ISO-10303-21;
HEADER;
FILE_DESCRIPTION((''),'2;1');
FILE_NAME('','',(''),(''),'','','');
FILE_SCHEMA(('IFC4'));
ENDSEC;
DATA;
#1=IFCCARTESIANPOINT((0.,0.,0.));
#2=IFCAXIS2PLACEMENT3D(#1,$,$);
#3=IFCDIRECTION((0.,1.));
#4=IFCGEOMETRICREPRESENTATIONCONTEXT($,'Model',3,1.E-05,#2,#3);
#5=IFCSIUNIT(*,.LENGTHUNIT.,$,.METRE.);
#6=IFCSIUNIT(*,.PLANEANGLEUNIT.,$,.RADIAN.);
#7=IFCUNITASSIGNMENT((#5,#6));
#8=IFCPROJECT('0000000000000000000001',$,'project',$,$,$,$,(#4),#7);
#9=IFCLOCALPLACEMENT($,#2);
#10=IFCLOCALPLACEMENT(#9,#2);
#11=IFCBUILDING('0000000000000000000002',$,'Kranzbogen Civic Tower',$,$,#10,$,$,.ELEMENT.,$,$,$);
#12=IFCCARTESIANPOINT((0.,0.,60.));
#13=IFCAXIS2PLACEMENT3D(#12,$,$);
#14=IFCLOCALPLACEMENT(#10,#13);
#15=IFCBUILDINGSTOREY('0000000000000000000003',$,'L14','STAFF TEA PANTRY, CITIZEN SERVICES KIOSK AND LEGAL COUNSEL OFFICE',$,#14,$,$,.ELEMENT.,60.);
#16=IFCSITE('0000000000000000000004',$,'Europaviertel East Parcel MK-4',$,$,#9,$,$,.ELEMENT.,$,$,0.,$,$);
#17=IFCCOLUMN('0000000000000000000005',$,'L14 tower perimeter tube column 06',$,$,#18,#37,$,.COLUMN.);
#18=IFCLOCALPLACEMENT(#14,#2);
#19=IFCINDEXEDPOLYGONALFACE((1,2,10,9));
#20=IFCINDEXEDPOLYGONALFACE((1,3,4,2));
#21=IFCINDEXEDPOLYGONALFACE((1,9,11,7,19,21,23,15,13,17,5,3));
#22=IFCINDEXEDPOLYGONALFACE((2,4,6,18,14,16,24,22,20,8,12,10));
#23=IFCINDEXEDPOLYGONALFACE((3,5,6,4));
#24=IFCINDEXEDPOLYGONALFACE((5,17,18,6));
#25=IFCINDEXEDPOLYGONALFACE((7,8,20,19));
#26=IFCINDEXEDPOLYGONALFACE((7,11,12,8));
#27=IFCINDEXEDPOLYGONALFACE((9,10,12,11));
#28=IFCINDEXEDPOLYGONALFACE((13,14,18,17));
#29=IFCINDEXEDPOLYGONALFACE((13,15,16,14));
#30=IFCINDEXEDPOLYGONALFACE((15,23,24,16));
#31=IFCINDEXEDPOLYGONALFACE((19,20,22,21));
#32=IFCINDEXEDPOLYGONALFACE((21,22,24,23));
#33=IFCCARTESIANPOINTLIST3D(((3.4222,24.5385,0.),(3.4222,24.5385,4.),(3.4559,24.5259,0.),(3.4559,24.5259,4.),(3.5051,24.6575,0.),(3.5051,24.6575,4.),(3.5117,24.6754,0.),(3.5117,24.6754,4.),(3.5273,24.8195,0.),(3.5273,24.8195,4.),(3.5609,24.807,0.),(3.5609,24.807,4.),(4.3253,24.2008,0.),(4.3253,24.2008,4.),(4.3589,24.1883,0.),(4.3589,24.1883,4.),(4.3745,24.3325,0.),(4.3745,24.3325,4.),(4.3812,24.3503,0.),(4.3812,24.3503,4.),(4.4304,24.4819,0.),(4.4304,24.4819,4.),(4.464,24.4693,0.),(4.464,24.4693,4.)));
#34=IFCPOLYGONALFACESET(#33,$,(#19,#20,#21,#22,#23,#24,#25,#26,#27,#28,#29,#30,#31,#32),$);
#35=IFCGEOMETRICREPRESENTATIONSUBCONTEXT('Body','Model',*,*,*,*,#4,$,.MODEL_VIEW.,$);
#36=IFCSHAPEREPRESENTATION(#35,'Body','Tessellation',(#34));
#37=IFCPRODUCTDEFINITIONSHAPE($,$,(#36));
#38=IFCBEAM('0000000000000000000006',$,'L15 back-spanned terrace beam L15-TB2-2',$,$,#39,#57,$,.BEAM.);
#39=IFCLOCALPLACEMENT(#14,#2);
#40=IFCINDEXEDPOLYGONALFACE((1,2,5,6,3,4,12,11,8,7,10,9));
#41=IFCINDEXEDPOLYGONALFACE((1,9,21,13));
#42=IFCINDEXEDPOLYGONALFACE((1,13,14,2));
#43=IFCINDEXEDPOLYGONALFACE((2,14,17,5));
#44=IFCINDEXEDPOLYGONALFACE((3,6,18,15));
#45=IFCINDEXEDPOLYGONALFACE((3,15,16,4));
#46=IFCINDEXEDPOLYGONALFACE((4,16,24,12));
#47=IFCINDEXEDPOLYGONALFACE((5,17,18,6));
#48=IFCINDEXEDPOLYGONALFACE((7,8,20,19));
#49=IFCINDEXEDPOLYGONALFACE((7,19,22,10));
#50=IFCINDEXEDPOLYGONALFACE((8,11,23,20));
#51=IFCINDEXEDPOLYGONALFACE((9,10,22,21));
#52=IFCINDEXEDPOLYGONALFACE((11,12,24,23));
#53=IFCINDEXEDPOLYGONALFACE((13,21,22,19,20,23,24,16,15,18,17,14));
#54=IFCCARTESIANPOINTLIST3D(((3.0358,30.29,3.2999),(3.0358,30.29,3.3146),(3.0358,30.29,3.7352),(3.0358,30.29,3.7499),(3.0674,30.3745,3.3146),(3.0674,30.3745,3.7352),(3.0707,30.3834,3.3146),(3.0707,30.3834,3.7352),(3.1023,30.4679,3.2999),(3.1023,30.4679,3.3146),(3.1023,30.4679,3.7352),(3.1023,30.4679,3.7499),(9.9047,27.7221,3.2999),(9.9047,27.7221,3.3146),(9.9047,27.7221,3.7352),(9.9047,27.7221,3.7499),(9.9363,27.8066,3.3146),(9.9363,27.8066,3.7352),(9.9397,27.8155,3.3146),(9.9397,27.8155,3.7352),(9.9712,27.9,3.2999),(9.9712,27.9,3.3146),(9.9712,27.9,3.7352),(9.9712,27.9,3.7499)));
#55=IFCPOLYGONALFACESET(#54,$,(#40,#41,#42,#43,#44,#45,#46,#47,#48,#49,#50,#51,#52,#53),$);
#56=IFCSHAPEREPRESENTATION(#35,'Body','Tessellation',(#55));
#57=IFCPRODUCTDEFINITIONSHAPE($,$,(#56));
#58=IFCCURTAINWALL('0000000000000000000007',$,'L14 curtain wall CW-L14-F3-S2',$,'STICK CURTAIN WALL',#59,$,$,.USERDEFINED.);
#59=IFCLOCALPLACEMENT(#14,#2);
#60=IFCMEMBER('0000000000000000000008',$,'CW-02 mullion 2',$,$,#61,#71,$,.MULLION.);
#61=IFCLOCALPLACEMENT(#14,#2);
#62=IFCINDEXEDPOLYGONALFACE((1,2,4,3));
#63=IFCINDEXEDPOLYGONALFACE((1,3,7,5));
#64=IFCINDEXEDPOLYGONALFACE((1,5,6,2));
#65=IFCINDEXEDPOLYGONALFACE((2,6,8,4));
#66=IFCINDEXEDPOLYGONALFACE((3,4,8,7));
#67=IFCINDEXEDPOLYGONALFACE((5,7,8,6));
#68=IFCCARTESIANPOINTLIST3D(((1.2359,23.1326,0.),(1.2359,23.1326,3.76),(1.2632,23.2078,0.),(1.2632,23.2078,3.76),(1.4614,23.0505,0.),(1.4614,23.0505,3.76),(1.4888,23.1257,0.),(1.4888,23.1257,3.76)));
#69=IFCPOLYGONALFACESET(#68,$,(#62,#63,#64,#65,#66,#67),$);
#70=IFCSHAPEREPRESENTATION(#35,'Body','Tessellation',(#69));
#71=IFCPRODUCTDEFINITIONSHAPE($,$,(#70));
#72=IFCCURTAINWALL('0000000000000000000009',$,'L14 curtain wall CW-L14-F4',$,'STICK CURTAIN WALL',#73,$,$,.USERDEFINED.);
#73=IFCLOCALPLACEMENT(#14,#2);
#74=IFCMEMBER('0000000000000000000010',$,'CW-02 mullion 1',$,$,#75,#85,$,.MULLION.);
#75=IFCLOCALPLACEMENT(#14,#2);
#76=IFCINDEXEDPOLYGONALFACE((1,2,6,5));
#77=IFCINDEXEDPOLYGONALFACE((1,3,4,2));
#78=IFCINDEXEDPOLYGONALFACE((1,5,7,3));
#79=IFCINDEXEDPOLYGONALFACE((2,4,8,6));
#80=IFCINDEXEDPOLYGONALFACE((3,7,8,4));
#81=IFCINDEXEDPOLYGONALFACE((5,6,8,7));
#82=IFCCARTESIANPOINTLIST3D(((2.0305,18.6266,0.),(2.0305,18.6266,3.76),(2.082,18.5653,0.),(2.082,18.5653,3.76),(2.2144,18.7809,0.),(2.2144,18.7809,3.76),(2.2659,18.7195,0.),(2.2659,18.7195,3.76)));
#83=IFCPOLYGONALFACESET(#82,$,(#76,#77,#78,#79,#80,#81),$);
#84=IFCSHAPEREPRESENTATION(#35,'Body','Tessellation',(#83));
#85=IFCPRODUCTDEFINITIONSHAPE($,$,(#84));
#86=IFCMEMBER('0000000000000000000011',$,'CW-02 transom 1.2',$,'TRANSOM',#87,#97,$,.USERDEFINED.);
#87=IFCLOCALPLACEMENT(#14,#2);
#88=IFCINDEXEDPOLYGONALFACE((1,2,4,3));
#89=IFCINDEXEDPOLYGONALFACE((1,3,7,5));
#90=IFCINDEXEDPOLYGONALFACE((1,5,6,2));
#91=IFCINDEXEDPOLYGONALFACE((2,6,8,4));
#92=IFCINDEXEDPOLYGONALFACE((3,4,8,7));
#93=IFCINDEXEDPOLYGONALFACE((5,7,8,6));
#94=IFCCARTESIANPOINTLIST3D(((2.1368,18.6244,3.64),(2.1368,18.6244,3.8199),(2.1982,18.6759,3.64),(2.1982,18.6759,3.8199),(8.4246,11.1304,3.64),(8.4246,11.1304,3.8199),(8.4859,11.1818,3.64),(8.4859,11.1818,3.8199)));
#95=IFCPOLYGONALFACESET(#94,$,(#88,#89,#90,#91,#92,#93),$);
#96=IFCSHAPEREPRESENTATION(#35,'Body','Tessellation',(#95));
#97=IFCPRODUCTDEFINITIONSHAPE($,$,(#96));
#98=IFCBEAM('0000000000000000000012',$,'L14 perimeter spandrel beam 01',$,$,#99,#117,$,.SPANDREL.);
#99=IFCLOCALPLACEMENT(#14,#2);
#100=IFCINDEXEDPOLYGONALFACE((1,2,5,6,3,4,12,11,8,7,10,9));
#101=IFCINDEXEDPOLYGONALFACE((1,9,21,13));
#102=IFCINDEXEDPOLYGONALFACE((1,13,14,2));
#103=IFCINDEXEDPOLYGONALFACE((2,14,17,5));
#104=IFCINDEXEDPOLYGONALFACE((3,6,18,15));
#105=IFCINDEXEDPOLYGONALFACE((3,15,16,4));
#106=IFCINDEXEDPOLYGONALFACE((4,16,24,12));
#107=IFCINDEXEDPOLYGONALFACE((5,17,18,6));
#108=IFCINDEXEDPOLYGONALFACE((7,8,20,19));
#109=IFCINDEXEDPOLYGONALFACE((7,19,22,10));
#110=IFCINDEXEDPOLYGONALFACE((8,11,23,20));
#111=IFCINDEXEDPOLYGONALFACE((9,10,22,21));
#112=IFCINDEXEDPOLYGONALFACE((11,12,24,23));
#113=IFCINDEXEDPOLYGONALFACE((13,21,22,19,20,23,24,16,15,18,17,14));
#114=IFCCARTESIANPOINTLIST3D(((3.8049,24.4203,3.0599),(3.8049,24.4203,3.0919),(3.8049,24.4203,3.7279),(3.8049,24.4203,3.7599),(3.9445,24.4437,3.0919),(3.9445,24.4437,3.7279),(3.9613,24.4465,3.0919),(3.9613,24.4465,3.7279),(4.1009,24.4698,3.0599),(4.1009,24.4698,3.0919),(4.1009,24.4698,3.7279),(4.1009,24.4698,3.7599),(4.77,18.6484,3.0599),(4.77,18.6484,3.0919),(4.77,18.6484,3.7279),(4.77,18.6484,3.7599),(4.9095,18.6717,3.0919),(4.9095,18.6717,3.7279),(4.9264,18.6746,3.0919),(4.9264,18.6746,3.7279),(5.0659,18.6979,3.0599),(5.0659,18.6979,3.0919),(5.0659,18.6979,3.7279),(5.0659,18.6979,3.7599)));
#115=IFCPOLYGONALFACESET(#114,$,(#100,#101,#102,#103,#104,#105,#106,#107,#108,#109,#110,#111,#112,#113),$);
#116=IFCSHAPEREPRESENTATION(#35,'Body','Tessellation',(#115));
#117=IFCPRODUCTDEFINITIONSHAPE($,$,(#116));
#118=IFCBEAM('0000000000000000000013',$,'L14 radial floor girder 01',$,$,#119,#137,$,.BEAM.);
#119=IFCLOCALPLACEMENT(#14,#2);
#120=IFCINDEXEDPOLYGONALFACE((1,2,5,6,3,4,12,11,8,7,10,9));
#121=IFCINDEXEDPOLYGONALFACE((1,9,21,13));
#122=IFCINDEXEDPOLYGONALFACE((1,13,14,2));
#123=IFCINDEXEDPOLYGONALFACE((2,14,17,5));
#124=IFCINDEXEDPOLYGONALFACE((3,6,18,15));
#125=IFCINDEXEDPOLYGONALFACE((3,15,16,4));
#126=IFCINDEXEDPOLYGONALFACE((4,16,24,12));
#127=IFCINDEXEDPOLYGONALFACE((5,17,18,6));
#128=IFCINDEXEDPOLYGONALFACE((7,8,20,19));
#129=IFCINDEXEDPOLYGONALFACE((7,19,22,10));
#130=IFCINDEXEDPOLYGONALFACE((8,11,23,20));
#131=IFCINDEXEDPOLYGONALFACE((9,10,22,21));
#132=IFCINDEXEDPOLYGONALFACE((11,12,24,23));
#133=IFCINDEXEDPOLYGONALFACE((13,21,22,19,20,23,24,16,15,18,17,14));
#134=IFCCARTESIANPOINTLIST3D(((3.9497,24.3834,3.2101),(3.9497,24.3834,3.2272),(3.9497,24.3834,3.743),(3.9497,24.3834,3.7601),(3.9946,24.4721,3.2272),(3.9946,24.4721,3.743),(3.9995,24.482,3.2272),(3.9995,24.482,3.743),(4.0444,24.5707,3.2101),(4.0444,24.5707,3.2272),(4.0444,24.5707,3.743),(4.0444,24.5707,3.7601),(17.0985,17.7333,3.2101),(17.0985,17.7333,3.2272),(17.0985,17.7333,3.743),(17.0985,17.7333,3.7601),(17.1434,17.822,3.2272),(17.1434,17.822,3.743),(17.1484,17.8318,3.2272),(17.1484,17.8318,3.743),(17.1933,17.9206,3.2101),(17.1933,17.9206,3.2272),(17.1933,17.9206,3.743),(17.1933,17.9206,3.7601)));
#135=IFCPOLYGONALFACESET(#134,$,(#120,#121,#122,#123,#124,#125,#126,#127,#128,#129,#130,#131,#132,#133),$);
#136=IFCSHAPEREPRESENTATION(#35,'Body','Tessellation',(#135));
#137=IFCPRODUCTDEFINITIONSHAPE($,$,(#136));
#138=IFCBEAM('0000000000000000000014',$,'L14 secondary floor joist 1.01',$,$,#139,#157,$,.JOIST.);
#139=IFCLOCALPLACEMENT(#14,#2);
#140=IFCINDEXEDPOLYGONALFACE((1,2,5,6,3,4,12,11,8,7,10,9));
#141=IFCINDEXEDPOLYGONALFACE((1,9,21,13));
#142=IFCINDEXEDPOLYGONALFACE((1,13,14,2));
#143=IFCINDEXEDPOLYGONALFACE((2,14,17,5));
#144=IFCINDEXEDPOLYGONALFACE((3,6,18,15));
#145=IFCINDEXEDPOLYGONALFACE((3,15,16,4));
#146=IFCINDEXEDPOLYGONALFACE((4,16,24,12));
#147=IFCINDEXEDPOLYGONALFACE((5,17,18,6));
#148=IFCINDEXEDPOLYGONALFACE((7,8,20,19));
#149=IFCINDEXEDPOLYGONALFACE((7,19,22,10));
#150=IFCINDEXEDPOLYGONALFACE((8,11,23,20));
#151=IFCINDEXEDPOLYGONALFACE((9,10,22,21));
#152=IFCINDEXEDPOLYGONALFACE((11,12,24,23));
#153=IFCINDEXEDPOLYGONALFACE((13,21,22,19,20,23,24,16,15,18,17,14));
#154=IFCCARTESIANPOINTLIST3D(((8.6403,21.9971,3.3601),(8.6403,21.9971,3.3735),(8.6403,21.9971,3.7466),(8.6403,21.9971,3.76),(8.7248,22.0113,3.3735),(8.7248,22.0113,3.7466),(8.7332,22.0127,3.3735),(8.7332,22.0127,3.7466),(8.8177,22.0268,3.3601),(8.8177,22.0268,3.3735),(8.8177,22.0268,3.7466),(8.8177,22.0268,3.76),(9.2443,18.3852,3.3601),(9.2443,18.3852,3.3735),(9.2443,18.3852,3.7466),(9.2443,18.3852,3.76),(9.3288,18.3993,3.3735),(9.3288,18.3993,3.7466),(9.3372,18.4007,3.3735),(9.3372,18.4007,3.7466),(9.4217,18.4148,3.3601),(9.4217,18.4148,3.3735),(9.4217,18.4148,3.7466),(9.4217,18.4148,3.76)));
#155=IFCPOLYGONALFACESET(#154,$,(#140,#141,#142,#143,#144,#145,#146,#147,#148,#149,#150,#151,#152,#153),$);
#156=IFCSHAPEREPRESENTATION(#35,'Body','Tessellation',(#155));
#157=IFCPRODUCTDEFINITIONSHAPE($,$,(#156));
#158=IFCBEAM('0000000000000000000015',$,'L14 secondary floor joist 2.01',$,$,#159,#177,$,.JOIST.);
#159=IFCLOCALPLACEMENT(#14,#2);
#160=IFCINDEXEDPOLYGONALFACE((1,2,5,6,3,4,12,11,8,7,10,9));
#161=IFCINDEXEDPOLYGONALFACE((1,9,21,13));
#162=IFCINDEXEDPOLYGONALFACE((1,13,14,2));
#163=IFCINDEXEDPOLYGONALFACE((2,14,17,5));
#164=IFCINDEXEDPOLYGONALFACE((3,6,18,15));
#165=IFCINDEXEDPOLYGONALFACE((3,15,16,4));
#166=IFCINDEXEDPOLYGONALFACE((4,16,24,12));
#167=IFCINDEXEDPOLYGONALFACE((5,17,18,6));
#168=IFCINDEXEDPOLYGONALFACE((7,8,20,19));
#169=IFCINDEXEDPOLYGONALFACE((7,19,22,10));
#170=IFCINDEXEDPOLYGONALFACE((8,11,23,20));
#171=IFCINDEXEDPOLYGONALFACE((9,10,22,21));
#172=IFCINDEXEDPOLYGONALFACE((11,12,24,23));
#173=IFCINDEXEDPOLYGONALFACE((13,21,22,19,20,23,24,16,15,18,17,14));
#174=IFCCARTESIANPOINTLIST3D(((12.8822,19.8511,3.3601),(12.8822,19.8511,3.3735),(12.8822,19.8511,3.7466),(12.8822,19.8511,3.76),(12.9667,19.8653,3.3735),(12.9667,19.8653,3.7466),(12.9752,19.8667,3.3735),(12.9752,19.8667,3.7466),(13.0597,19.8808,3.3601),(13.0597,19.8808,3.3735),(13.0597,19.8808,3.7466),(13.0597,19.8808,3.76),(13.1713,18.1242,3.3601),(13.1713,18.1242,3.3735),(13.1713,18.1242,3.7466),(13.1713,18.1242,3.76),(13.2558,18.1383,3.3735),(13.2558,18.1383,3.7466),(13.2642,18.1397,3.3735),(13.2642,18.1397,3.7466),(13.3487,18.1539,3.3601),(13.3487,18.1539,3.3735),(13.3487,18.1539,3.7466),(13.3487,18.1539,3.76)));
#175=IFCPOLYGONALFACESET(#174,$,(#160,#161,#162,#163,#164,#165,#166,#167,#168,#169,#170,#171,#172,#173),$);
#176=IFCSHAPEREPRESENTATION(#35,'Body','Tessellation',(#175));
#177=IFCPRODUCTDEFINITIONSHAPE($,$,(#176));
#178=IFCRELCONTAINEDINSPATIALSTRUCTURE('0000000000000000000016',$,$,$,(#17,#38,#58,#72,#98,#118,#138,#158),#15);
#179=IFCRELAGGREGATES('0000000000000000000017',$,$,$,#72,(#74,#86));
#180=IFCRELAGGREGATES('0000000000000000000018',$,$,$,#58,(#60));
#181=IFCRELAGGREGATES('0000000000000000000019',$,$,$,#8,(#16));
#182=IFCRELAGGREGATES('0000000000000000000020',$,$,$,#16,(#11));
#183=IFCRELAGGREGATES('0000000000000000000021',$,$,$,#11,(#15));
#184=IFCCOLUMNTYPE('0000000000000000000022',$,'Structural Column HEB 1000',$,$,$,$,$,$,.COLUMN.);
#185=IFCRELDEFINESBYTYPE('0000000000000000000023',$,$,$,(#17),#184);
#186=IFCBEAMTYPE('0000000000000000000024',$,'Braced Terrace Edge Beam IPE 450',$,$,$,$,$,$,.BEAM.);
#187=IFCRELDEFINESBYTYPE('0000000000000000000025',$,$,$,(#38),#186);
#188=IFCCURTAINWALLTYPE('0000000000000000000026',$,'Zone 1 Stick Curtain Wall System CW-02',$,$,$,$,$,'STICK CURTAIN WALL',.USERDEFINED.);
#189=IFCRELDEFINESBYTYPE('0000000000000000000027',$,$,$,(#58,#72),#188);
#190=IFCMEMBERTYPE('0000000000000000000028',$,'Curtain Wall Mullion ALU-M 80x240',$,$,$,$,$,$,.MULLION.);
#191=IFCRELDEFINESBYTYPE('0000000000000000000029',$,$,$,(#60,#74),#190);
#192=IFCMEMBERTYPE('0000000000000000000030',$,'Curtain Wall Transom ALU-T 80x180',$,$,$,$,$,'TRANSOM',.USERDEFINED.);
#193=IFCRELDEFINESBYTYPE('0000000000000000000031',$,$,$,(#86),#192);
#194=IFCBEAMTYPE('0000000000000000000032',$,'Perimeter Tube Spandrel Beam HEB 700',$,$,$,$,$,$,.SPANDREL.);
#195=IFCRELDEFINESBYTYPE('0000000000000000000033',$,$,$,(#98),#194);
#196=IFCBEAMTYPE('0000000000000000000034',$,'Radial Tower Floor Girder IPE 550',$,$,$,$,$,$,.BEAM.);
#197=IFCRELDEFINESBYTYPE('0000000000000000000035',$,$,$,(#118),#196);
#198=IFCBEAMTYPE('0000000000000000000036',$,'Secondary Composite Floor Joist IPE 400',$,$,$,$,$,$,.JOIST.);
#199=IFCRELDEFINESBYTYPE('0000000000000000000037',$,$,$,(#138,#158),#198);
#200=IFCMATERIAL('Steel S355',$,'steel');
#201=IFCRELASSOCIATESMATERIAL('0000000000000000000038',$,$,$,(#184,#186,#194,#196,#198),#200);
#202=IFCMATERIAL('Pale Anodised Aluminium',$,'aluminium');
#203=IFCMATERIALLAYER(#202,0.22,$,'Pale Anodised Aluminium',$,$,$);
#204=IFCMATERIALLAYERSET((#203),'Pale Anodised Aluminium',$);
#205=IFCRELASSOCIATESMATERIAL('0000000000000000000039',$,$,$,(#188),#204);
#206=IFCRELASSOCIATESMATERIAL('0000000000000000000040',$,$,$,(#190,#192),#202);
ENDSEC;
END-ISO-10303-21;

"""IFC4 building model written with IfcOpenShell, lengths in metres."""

from ifc_helpers import new_model, si_unit, direction, frame, origin, origin_2d, place, context, subcontext, project, spatial, rectangle, i_section, extrude, material, layer, layer_set, material_profile, profile_set, type_object, element, aggregate, save


model = new_model("IFC4")

# Units and contexts
model_context = context("Model", 3, precision=1e-05, world=origin(), true_north=direction((0.0, 1.0)))
body_context = subcontext(model_context, "Body", "Model", "MODEL_VIEW")
ifc_project = project(units=[si_unit("LENGTHUNIT", "METRE"), si_unit("PLANEANGLEUNIT", "RADIAN")], contexts=[model_context])

# Site, building, storey
site_placement = place(None, origin())
site = spatial("IfcSite", under=ifc_project, at=site_placement, Name="Europaviertel East Parcel MK-4", CompositionType="ELEMENT", RefElevation=0.0)
building_placement = place(site_placement, origin())
building = spatial("IfcBuilding", under=site, at=building_placement, Name="Kranzbogen Civic Tower", CompositionType="ELEMENT")
storey_placement = place(building_placement, frame((0.0, 0.0, 60.0)))
storey = spatial("IfcBuildingStorey", under=building, at=storey_placement, Name="L14", Description="STAFF TEA PANTRY, CITIZEN SERVICES KIOSK AND LEGAL COUNSEL OFFICE", CompositionType="ELEMENT", Elevation=60.0)

# Column
ifc_material_1 = material(Name="Steel S355", Category="steel")
ifc_material_profile_1 = material_profile(ifc_material_1, i_section(OverallWidth=0.3, OverallDepth=1.0, WebThickness=0.019, FlangeThickness=0.0359, at=origin_2d()), Name="HEB 1000")
ifc_profile_set_1 = profile_set([ifc_material_profile_1], Name="Steel S355")
column_type = type_object("IfcColumnType", Name="Structural Column HEB 1000", PredefinedType="COLUMN", material=ifc_profile_set_1)
column_placement = place(storey_placement, frame((3.9431, 24.5039, 0.0), z_axis=(0.0, 0.0, 1.0), x_axis=(0.350207, 0.936672, 0.0)))
element("IfcColumn", 1, at=column_placement, inside=storey, type_object=column_type, Name="L14 tower perimeter tube column 06", PredefinedType="COLUMN", context=body_context, shape_type="SweptSolid", body=[
    extrude(i_section(OverallWidth=0.3, OverallDepth=1.0, WebThickness=0.019, FlangeThickness=0.0359, at=origin_2d()), origin(), (0.0, 0.0, 1.0), 4.0),
])

# Beam
ifc_material_profile_2 = material_profile(ifc_material_1, i_section(OverallWidth=0.1899, OverallDepth=0.45, WebThickness=0.0095, FlangeThickness=0.0146, at=origin_2d()), Name="IPE 450")
ifc_profile_set_2 = profile_set([ifc_material_profile_2], Name="Steel S355")
beam_type_1 = type_object("IfcBeamType", Name="Braced Terrace Edge Beam IPE 450", PredefinedType="BEAM", material=ifc_profile_set_2)
beam_1_placement = place(storey_placement, frame((9.938, 27.811, 3.5249), z_axis=(-0.936686, 0.350171, 0.0), x_axis=(-0.350171, -0.936686, 0.0)))
element("IfcBeam", 2, at=beam_1_placement, inside=storey, type_object=beam_type_1, Name="L15 back-spanned terrace beam L15-TB2-2", PredefinedType="BEAM", context=body_context, shape_type="SweptSolid", body=[
    extrude(i_section(OverallWidth=0.1899, OverallDepth=0.45, WebThickness=0.0095, FlangeThickness=0.0146, at=origin_2d()), origin(), (0.0, 0.0, 1.0), 7.3333),
])

# Curtain wall, member
ifc_material_2 = material(Name="Pale Anodised Aluminium", Category="aluminium")
ifc_layer_1 = layer(ifc_material_2, 0.22, Name="Pale Anodised Aluminium")
ifc_layer_set_1 = layer_set([ifc_layer_1], Name="Pale Anodised Aluminium")
curtain_wall_type = type_object("IfcCurtainWallType", Name="Zone 1 Stick Curtain Wall System CW-02", ElementType="STICK CURTAIN WALL", PredefinedType="USERDEFINED", material=ifc_layer_set_1)
curtain_wall_1_placement = place(storey_placement, origin())
curtain_wall_1 = element("IfcCurtainWall", 3, at=curtain_wall_1_placement, inside=storey, type_object=curtain_wall_type, Name="L14 curtain wall CW-L14-F3-S2", ObjectType="STICK CURTAIN WALL", PredefinedType="USERDEFINED")
ifc_material_profile_3 = material_profile(ifc_material_2, rectangle(XDim=0.0801, YDim=0.24, at=origin_2d()), Name="ALU-M 80x240")
ifc_profile_set_3 = profile_set([ifc_material_profile_3], Name="Pale Anodised Aluminium")
member_type_1 = type_object("IfcMemberType", Name="Curtain Wall Mullion ALU-M 80x240", PredefinedType="MULLION", material=ifc_profile_set_3)
member_1_placement = place(storey_placement, frame((1.3623, 23.1292, 0.0), z_axis=(0.0, 0.0, 1.0), x_axis=(-0.341984, -0.939706, 0.0)))
member_1 = element("IfcMember", 4, at=member_1_placement, type_object=member_type_1, Name="CW-02 mullion 2", PredefinedType="MULLION", context=body_context, shape_type="SweptSolid", body=[
    extrude(rectangle(XDim=0.0801, YDim=0.24, at=origin_2d()), origin(), (0.0, 0.0, 1.0), 3.76),
])

# Curtain wall, members
curtain_wall_2_placement = place(storey_placement, origin())
curtain_wall_2 = element("IfcCurtainWall", 5, at=curtain_wall_2_placement, inside=storey, type_object=curtain_wall_type, Name="L14 curtain wall CW-L14-F4", ObjectType="STICK CURTAIN WALL", PredefinedType="USERDEFINED")
member_2_placement = place(storey_placement, frame((2.1482, 18.6731, 0.0), z_axis=(0.0, 0.0, 1.0), x_axis=(0.642751, -0.766075, 0.0)))
member_2 = element("IfcMember", 6, at=member_2_placement, type_object=member_type_1, Name="CW-02 mullion 1", PredefinedType="MULLION", context=body_context, shape_type="SweptSolid", body=[
    extrude(rectangle(XDim=0.0801, YDim=0.24, at=origin_2d()), origin(), (0.0, 0.0, 1.0), 3.76),
])
ifc_material_profile_4 = material_profile(ifc_material_2, rectangle(XDim=0.0801, YDim=0.1799, at=origin_2d()), Name="ALU-T 80x180")
ifc_profile_set_4 = profile_set([ifc_material_profile_4], Name="Pale Anodised Aluminium")
member_type_2 = type_object("IfcMemberType", Name="Curtain Wall Transom ALU-T 80x180", ElementType="TRANSOM", PredefinedType="USERDEFINED", material=ifc_profile_set_4)
member_3_placement = place(storey_placement, frame((2.1675, 18.6501, 3.73), z_axis=(0.642758, -0.766069, 0.0), x_axis=(0.766069, 0.642758, 0.0)))
member_3 = element("IfcMember", 7, at=member_3_placement, type_object=member_type_2, Name="CW-02 transom 1.2", ObjectType="TRANSOM", PredefinedType="USERDEFINED", context=body_context, shape_type="SweptSolid", body=[
    extrude(rectangle(XDim=0.0801, YDim=0.1799, at=origin_2d()), origin(), (0.0, 0.0, 1.0), 9.7825),
])
aggregate(curtain_wall_2, [member_2, member_3])

# Beams
ifc_material_profile_5 = material_profile(ifc_material_1, i_section(OverallWidth=0.3, OverallDepth=0.7, WebThickness=0.0171, FlangeThickness=0.032, at=origin_2d()), Name="HEB 700")
ifc_profile_set_5 = profile_set([ifc_material_profile_5], Name="Steel S355")
beam_type_2 = type_object("IfcBeamType", Name="Perimeter Tube Spandrel Beam HEB 700", PredefinedType="SPANDREL", material=ifc_profile_set_5)
beam_2_placement = place(storey_placement, frame((3.9529, 24.4451, 3.4099), z_axis=(0.164913, -0.986308, 0.0), x_axis=(0.986308, 0.164913, 0.0)))
element("IfcBeam", 8, at=beam_2_placement, inside=storey, type_object=beam_type_2, Name="L14 perimeter spandrel beam 01", PredefinedType="SPANDREL", context=body_context, shape_type="SweptSolid", body=[
    extrude(i_section(OverallWidth=0.3, OverallDepth=0.7, WebThickness=0.0171, FlangeThickness=0.032, at=origin_2d()), origin(), (0.0, 0.0, 1.0), 5.8521),
])
ifc_material_profile_6 = material_profile(ifc_material_1, i_section(OverallWidth=0.21, OverallDepth=0.55, WebThickness=0.011, FlangeThickness=0.0171, at=origin_2d()), Name="IPE 550")
ifc_profile_set_6 = profile_set([ifc_material_profile_6], Name="Steel S355")
beam_type_3 = type_object("IfcBeamType", Name="Radial Tower Floor Girder IPE 550", PredefinedType="BEAM", material=ifc_profile_set_6)
beam_3_placement = place(storey_placement, frame((3.9971, 24.4771, 3.4851), z_axis=(0.892363, -0.451318, 0.0), x_axis=(0.451318, 0.892363, 0.0)))
element("IfcBeam", 9, at=beam_3_placement, inside=storey, type_object=beam_type_3, Name="L14 radial floor girder 01", PredefinedType="BEAM", context=body_context, shape_type="SweptSolid", body=[
    extrude(i_section(OverallWidth=0.21, OverallDepth=0.55, WebThickness=0.011, FlangeThickness=0.0171, at=origin_2d()), origin(), (0.0, 0.0, 1.0), 14.7349),
])
ifc_material_profile_7 = material_profile(ifc_material_1, i_section(OverallWidth=0.1799, OverallDepth=0.3999, WebThickness=0.0085, FlangeThickness=0.0134, at=origin_2d()), Name="IPE 400")
ifc_profile_set_7 = profile_set([ifc_material_profile_7], Name="Steel S355")
beam_type_4 = type_object("IfcBeamType", Name="Secondary Composite Floor Joist IPE 400", PredefinedType="JOIST", material=ifc_profile_set_7)
beam_4_placement = place(storey_placement, frame((8.729, 22.012, 3.5601), z_axis=(0.164929, -0.986305, 0.0), x_axis=(0.986305, 0.164929, 0.0)))
element("IfcBeam", 10, at=beam_4_placement, inside=storey, type_object=beam_type_4, Name="L14 secondary floor joist 1.01", PredefinedType="JOIST", context=body_context, shape_type="SweptSolid", body=[
    extrude(i_section(OverallWidth=0.1799, OverallDepth=0.3999, WebThickness=0.0085, FlangeThickness=0.0134, at=origin_2d()), origin(), (0.0, 0.0, 1.0), 3.6621),
])
beam_5_placement = place(storey_placement, frame((12.9709, 19.866, 3.5601), z_axis=(0.165077, -0.986281, 0.0), x_axis=(0.986281, 0.165077, 0.0)))
element("IfcBeam", 11, at=beam_5_placement, inside=storey, type_object=beam_type_4, Name="L14 secondary floor joist 2.01", PredefinedType="JOIST", context=body_context, shape_type="SweptSolid", body=[
    extrude(i_section(OverallWidth=0.1799, OverallDepth=0.3999, WebThickness=0.0085, FlangeThickness=0.0134, at=origin_2d()), origin(), (0.0, 0.0, 1.0), 1.751),
])

aggregate(curtain_wall_1, [member_1])

save(model, "model.ifc")
